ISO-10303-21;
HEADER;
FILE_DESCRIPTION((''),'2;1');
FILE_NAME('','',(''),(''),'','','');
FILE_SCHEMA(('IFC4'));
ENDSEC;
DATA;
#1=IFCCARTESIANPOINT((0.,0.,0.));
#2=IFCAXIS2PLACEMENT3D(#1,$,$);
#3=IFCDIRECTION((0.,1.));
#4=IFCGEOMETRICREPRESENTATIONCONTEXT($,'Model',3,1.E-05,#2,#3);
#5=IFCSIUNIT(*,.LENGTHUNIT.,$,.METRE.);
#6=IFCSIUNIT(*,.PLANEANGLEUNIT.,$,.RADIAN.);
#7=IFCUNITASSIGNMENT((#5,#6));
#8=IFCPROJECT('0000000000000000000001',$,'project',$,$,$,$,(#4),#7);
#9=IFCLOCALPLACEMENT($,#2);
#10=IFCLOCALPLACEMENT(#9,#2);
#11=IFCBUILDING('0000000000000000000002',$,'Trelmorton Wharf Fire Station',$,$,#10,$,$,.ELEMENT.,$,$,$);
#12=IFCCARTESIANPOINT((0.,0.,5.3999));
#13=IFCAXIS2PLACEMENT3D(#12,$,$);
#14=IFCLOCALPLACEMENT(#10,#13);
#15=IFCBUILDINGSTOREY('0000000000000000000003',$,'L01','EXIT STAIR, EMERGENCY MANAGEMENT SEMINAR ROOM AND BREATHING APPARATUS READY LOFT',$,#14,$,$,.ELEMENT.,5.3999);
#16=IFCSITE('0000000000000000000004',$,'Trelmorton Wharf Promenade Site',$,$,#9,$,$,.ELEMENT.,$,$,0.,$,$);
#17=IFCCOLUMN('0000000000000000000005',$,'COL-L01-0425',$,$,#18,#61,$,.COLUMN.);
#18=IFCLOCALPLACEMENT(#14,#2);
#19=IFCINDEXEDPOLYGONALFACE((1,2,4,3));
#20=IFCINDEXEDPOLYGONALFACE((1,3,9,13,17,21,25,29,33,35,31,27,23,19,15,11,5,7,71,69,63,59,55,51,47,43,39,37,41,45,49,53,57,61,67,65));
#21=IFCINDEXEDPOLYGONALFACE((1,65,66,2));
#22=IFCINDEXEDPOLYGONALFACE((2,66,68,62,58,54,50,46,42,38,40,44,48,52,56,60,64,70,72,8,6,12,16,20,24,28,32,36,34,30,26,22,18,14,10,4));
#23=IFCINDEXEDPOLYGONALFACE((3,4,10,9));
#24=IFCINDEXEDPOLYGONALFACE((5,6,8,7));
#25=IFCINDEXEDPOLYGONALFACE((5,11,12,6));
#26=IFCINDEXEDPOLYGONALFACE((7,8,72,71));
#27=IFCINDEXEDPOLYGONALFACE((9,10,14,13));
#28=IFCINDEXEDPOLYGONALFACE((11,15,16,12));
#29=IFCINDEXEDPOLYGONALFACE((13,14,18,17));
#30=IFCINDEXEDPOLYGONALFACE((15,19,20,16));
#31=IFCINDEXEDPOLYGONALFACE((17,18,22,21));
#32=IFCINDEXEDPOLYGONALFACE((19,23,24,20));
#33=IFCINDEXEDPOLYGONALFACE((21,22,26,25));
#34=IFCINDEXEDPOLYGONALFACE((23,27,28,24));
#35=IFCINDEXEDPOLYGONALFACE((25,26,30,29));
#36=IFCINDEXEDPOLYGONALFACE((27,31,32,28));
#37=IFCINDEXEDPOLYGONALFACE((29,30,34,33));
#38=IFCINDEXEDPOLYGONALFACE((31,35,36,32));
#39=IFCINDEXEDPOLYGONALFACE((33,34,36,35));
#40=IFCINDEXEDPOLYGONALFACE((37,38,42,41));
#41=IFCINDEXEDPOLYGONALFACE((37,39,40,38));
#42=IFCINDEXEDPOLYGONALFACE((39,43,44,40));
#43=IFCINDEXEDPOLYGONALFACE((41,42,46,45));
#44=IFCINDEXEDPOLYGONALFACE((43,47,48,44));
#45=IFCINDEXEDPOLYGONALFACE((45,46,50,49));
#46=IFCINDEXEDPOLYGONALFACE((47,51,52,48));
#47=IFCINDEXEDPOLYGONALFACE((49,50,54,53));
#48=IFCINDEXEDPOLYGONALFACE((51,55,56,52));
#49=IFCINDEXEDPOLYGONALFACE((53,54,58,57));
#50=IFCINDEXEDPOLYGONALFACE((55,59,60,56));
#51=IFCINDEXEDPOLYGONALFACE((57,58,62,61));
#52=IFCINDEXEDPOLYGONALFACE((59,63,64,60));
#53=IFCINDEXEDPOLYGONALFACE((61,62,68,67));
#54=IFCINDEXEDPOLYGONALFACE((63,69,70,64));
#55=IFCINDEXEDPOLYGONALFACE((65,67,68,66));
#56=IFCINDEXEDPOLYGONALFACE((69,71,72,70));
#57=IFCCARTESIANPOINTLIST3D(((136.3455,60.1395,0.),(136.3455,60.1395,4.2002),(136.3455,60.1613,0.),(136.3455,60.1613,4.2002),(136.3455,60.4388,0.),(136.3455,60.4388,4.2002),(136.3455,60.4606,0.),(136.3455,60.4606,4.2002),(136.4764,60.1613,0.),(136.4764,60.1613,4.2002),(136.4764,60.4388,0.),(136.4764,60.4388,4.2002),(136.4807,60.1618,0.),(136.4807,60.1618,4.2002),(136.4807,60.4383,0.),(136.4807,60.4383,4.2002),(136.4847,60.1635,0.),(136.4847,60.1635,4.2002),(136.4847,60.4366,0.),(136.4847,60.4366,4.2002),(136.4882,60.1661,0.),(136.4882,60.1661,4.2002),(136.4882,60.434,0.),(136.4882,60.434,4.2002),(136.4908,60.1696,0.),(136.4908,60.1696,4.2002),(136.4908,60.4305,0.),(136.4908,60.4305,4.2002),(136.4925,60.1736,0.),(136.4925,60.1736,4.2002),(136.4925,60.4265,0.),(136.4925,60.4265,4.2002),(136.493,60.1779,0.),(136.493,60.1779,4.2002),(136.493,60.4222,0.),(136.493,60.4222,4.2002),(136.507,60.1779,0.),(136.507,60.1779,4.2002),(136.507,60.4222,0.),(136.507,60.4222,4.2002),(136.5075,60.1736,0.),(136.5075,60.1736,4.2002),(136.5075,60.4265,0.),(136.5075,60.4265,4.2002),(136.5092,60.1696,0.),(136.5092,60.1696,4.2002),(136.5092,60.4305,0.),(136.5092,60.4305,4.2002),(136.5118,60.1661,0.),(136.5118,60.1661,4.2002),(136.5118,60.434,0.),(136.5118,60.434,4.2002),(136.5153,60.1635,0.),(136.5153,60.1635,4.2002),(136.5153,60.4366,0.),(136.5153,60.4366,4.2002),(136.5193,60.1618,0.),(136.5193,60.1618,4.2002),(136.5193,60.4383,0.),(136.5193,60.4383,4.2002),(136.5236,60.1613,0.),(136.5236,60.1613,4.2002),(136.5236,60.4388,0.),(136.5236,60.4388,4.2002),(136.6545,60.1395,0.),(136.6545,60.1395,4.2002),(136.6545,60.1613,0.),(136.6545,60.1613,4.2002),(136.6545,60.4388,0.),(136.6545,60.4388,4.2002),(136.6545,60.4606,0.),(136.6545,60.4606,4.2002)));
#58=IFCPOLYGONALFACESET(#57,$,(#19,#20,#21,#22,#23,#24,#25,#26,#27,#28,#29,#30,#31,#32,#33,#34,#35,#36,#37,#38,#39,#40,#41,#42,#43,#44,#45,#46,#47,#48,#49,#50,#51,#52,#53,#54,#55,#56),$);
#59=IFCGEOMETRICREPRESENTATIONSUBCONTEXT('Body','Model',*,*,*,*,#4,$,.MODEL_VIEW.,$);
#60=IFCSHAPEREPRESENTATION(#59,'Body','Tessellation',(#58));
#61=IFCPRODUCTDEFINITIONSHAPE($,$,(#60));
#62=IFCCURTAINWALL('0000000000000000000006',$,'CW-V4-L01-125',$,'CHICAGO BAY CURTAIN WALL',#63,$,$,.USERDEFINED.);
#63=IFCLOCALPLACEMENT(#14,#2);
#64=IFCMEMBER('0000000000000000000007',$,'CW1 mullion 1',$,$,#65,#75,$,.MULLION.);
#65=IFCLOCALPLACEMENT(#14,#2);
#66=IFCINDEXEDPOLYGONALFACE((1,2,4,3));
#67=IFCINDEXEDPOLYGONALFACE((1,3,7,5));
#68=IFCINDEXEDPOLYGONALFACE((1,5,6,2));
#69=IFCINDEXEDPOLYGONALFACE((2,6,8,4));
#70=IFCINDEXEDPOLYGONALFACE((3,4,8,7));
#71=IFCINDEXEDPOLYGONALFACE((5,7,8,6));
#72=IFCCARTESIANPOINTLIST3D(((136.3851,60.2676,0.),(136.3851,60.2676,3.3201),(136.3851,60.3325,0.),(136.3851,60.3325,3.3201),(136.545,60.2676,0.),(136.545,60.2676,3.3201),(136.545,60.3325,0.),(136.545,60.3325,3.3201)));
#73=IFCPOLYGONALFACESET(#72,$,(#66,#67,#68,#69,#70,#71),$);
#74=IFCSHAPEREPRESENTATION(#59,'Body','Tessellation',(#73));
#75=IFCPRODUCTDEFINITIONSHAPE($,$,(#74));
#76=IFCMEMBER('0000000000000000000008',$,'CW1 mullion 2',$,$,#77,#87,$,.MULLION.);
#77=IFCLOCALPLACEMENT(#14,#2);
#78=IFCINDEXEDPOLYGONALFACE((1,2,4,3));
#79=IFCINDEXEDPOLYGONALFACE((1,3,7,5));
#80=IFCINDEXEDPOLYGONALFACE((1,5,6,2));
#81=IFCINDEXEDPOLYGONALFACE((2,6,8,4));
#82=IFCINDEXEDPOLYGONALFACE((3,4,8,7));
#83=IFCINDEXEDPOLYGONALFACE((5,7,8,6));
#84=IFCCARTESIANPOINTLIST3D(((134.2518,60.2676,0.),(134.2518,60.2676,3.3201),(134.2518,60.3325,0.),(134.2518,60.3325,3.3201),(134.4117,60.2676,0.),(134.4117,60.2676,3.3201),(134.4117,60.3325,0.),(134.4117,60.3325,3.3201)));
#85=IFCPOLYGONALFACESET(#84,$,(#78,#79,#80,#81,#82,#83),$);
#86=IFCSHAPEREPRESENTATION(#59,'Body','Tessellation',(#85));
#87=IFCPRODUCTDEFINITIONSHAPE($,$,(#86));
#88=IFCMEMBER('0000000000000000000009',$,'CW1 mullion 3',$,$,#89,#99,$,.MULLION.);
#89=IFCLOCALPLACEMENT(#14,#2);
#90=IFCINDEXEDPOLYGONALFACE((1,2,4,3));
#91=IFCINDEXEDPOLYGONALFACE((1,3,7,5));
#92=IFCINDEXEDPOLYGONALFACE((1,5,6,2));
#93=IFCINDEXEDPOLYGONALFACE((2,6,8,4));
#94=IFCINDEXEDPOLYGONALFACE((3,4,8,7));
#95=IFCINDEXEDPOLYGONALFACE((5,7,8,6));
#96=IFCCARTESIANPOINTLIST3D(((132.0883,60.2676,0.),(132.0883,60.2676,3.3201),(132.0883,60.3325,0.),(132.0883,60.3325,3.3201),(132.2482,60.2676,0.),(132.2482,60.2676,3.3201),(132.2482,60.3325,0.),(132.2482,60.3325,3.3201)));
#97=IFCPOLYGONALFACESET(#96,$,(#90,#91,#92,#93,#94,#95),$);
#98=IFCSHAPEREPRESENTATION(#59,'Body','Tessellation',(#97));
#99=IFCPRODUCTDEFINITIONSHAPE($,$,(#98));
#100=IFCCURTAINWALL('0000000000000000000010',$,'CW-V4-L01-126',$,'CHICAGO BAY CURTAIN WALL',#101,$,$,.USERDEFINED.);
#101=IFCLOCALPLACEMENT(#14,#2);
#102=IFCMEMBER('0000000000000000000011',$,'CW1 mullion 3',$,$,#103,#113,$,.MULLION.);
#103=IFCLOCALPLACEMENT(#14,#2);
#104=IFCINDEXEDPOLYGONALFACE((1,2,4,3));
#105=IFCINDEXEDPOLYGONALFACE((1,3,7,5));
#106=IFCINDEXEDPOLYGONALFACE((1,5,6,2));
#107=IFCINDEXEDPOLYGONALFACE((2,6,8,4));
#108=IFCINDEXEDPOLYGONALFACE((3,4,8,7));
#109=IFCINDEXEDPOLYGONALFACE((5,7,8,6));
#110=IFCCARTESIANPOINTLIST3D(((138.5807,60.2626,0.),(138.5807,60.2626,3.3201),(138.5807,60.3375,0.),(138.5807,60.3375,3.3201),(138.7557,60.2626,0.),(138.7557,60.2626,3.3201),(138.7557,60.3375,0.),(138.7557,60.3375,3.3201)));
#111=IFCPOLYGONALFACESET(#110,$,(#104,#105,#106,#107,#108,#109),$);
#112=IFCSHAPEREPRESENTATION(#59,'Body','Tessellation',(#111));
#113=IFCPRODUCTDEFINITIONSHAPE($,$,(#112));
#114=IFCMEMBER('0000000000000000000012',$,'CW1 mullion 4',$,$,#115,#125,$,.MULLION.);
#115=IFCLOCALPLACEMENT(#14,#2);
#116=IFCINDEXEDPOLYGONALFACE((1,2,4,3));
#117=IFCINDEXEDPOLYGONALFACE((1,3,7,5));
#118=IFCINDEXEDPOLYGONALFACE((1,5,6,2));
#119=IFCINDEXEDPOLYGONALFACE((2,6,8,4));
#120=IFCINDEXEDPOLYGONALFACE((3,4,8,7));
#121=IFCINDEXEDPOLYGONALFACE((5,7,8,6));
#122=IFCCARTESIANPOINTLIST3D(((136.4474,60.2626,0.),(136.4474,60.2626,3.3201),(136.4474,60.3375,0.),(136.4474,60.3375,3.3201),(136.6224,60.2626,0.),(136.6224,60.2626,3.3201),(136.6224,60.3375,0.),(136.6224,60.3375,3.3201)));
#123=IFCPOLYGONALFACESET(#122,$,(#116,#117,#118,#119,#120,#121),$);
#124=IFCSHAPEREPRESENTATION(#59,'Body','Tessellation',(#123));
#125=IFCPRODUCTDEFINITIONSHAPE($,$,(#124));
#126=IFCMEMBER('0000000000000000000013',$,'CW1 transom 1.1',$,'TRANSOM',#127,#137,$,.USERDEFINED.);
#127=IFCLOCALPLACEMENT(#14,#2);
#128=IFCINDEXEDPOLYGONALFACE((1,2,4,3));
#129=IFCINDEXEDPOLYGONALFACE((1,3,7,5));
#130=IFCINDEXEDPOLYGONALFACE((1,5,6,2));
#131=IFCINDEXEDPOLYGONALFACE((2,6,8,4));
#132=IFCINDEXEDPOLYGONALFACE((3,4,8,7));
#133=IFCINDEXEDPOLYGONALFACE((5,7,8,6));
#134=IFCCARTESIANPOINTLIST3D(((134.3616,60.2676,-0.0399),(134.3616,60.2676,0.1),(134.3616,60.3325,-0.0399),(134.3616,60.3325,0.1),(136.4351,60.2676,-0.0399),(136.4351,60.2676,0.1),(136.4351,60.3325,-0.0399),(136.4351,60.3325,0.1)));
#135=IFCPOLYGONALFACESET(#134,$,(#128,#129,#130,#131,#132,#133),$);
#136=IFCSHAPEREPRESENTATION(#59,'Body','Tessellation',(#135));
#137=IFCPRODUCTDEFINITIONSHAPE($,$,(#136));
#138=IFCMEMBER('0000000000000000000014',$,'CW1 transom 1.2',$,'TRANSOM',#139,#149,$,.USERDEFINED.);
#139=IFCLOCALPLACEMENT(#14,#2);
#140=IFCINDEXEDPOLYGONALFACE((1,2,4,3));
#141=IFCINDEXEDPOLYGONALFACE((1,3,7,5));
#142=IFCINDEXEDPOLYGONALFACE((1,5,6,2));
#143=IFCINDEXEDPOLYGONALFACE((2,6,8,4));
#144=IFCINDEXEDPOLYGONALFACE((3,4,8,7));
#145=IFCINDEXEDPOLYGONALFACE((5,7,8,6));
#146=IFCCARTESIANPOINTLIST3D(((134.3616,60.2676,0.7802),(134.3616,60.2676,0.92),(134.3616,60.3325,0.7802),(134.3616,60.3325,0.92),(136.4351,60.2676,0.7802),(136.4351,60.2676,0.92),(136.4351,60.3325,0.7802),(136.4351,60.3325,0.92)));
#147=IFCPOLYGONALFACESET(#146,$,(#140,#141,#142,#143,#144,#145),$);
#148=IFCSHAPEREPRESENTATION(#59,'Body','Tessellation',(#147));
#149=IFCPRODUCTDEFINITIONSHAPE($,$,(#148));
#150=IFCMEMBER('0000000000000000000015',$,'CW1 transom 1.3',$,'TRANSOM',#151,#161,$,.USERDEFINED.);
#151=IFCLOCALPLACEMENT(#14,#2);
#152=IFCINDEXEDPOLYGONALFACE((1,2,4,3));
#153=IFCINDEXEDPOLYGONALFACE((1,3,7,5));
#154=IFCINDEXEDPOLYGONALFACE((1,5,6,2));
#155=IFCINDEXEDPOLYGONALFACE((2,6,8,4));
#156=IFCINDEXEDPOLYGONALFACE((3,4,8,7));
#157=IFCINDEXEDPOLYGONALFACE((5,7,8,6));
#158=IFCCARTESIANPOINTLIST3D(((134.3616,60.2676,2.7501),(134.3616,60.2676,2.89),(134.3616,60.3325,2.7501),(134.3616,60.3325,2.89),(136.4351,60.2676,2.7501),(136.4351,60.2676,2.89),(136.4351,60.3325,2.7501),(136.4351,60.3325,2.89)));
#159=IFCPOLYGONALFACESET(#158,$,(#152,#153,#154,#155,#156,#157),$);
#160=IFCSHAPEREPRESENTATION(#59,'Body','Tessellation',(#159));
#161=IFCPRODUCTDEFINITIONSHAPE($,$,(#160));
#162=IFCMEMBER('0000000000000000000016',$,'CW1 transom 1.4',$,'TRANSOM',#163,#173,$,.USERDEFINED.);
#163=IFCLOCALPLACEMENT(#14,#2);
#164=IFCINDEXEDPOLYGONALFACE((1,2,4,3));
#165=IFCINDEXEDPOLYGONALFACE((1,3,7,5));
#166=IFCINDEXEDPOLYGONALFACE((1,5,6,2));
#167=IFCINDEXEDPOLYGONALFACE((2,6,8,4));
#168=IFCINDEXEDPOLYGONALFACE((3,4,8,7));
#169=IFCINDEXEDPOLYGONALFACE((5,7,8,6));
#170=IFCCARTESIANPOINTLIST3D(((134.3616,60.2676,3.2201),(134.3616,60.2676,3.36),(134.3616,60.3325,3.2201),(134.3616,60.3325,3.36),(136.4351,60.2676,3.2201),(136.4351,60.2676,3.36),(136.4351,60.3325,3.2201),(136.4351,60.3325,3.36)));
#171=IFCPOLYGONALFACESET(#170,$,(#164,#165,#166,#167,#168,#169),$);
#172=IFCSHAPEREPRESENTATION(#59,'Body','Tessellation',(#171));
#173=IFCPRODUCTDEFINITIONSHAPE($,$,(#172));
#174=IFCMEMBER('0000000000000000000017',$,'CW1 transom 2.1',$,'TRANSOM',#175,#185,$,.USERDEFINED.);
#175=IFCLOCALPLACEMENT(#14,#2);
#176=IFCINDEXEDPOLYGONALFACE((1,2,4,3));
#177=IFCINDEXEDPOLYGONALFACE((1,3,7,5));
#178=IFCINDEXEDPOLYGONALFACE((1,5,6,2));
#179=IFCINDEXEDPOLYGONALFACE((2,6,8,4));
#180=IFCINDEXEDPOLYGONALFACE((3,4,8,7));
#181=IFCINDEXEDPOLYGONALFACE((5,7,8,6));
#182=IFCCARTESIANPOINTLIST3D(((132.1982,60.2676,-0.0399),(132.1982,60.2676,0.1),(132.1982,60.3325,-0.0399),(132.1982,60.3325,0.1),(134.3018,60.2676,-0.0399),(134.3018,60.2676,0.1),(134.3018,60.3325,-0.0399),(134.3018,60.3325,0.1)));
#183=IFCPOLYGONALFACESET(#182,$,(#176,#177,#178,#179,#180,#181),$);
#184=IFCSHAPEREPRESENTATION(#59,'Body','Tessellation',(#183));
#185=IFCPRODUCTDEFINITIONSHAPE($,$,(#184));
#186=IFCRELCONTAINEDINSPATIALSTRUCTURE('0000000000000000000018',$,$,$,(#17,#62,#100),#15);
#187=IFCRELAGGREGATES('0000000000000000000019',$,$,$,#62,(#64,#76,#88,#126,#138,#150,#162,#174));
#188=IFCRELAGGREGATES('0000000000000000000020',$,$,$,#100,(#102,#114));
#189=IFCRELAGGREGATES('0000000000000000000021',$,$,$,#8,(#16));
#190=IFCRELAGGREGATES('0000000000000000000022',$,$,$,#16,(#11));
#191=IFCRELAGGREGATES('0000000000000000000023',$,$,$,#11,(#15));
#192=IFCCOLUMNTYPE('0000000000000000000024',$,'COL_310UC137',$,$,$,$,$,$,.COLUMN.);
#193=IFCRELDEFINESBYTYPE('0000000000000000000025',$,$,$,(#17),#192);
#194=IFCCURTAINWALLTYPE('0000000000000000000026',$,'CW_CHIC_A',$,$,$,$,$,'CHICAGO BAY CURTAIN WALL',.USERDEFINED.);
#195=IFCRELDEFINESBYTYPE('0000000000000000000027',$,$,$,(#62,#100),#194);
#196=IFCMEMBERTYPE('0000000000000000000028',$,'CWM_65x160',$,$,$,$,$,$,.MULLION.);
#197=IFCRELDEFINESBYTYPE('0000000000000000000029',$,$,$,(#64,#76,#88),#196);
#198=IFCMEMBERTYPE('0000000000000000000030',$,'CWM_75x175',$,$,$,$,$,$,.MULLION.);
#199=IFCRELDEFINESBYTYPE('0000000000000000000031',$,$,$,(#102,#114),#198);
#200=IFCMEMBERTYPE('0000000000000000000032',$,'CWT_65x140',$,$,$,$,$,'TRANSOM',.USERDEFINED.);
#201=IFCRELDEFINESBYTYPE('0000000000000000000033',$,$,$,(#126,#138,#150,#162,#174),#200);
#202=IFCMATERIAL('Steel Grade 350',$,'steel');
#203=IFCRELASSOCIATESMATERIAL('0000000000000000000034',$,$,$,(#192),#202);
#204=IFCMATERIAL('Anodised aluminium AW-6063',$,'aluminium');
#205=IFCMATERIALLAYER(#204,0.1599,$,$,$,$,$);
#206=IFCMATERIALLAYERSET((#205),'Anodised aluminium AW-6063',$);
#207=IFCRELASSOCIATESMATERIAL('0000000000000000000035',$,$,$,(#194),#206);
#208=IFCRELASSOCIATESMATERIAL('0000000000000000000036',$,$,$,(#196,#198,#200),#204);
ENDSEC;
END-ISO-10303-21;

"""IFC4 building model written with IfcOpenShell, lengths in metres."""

from ifc_helpers import new_model, si_unit, direction, frame, origin, origin_2d, place, context, subcontext, project, spatial, rectangle, i_section, extrude, material, layer, layer_set, material_profile, profile_set, type_object, element, aggregate, save


model = new_model("IFC4")

# Units and contexts
model_context = context("Model", 3, precision=1e-05, world=origin(), true_north=direction((0.0, 1.0)))
body_context = subcontext(model_context, "Body", "Model", "MODEL_VIEW")
ifc_project = project(units=[si_unit("LENGTHUNIT", "METRE"), si_unit("PLANEANGLEUNIT", "RADIAN")], contexts=[model_context])

# Site, building, storey
site_placement = place(None, origin())
site = spatial("IfcSite", under=ifc_project, at=site_placement, Name="Trelmorton Wharf Promenade Site", CompositionType="ELEMENT", RefElevation=0.0)
building_placement = place(site_placement, origin())
building = spatial("IfcBuilding", under=site, at=building_placement, Name="Trelmorton Wharf Fire Station", CompositionType="ELEMENT")
storey_placement = place(building_placement, frame((0.0, 0.0, 5.3999)))
storey = spatial("IfcBuildingStorey", under=building, at=storey_placement, Name="L01", Description="EXIT STAIR, EMERGENCY MANAGEMENT SEMINAR ROOM AND BREATHING APPARATUS READY LOFT", CompositionType="ELEMENT", Elevation=5.3999)

# Column
ifc_material_1 = material(Name="Steel Grade 350", Category="steel")
ifc_material_profile_1 = material_profile(ifc_material_1, i_section(OverallWidth=0.3091, OverallDepth=0.321, WebThickness=0.0139, FlangeThickness=0.0217, FilletRadius=0.0166, at=origin_2d()), Name="310UC137")
ifc_profile_set_1 = profile_set([ifc_material_profile_1], Name="Steel Grade 350")
column_type = type_object("IfcColumnType", Name="COL_310UC137", PredefinedType="COLUMN", material=ifc_profile_set_1)
column_placement = place(storey_placement, frame((136.5, 60.3, 0.0), z_axis=(0.0, 0.0, 1.0), x_axis=(1.0, 0.0, 0.0)))
element("IfcColumn", 1, at=column_placement, inside=storey, type_object=column_type, Name="COL-L01-0425", PredefinedType="COLUMN", context=body_context, shape_type="SweptSolid", body=[
    extrude(i_section(OverallWidth=0.3091, OverallDepth=0.321, WebThickness=0.0139, FlangeThickness=0.0217, FilletRadius=0.0166, at=origin_2d()), origin(), (0.0, 0.0, 1.0), 4.2002),
])

# Curtain walls, members
ifc_material_2 = material(Name="Anodised aluminium AW-6063", Category="aluminium")
ifc_layer_1 = layer(ifc_material_2, 0.1599)
ifc_layer_set_1 = layer_set([ifc_layer_1], Name="Anodised aluminium AW-6063")
curtain_wall_type = type_object("IfcCurtainWallType", Name="CW_CHIC_A", ElementType="CHICAGO BAY CURTAIN WALL", PredefinedType="USERDEFINED", material=ifc_layer_set_1)
curtain_wall_1_placement = place(storey_placement, origin())
curtain_wall_1 = element("IfcCurtainWall", 2, at=curtain_wall_1_placement, inside=storey, type_object=curtain_wall_type, Name="CW-V4-L01-125", ObjectType="CHICAGO BAY CURTAIN WALL", PredefinedType="USERDEFINED")
ifc_material_profile_2 = material_profile(ifc_material_2, rectangle(XDim=0.0649, YDim=0.1599, at=origin_2d()), Name="ALU-65x160")
ifc_profile_set_2 = profile_set([ifc_material_profile_2], Name="Anodised aluminium AW-6063")
member_type_1 = type_object("IfcMemberType", Name="CWM_65x160", PredefinedType="MULLION", material=ifc_profile_set_2)
member_1_placement = place(storey_placement, frame((136.4651, 60.3, 0.0), z_axis=(0.0, 0.0, 1.0), x_axis=(0.0, -1.0, 0.0)))
member_1 = element("IfcMember", 3, at=member_1_placement, type_object=member_type_1, Name="CW1 mullion 1", PredefinedType="MULLION", context=body_context, shape_type="SweptSolid", body=[
    extrude(rectangle(XDim=0.0649, YDim=0.1599, at=origin_2d()), origin(), (0.0, 0.0, 1.0), 3.3201),
])
member_2_placement = place(storey_placement, frame((134.3318, 60.3, 0.0), z_axis=(0.0, 0.0, 1.0), x_axis=(0.0, -1.0, 0.0)))
member_2 = element("IfcMember", 4, at=member_2_placement, type_object=member_type_1, Name="CW1 mullion 2", PredefinedType="MULLION", context=body_context, shape_type="SweptSolid", body=[
    extrude(rectangle(XDim=0.0649, YDim=0.1599, at=origin_2d()), origin(), (0.0, 0.0, 1.0), 3.3201),
])
member_3_placement = place(storey_placement, frame((132.1682, 60.3, 0.0), z_axis=(0.0, 0.0, 1.0), x_axis=(0.0, -1.0, 0.0)))
member_3 = element("IfcMember", 5, at=member_3_placement, type_object=member_type_1, Name="CW1 mullion 3", PredefinedType="MULLION", context=body_context, shape_type="SweptSolid", body=[
    extrude(rectangle(XDim=0.0649, YDim=0.1599, at=origin_2d()), origin(), (0.0, 0.0, 1.0), 3.3201),
])
curtain_wall_2_placement = place(storey_placement, origin())
curtain_wall_2 = element("IfcCurtainWall", 6, at=curtain_wall_2_placement, inside=storey, type_object=curtain_wall_type, Name="CW-V4-L01-126", ObjectType="CHICAGO BAY CURTAIN WALL", PredefinedType="USERDEFINED")
ifc_material_profile_3 = material_profile(ifc_material_2, rectangle(XDim=0.075, YDim=0.175, at=origin_2d()), Name="ALU-75x175")
ifc_profile_set_3 = profile_set([ifc_material_profile_3], Name="Anodised aluminium AW-6063")
member_type_2 = type_object("IfcMemberType", Name="CWM_75x175", PredefinedType="MULLION", material=ifc_profile_set_3)
member_4_placement = place(storey_placement, frame((138.6682, 60.3, 0.0), z_axis=(0.0, 0.0, 1.0), x_axis=(0.0, -1.0, 0.0)))
member_4 = element("IfcMember", 7, at=member_4_placement, type_object=member_type_2, Name="CW1 mullion 3", PredefinedType="MULLION", context=body_context, shape_type="SweptSolid", body=[
    extrude(rectangle(XDim=0.075, YDim=0.175, at=origin_2d()), origin(), (0.0, 0.0, 1.0), 3.3201),
])
member_5_placement = place(storey_placement, frame((136.5349, 60.3, 0.0), z_axis=(0.0, 0.0, 1.0), x_axis=(0.0, -1.0, 0.0)))
member_5 = element("IfcMember", 8, at=member_5_placement, type_object=member_type_2, Name="CW1 mullion 4", PredefinedType="MULLION", context=body_context, shape_type="SweptSolid", body=[
    extrude(rectangle(XDim=0.075, YDim=0.175, at=origin_2d()), origin(), (0.0, 0.0, 1.0), 3.3201),
])

# Members
ifc_material_profile_4 = material_profile(ifc_material_2, rectangle(XDim=0.0649, YDim=0.1399, at=origin_2d()), Name="ALU-65x140")
ifc_profile_set_4 = profile_set([ifc_material_profile_4], Name="Anodised aluminium AW-6063")
member_type_3 = type_object("IfcMemberType", Name="CWT_65x140", ElementType="TRANSOM", PredefinedType="USERDEFINED", material=ifc_profile_set_4)
member_6_placement = place(storey_placement, frame((136.4351, 60.3, 0.03), z_axis=(-1.0, 0.0, 0.0), x_axis=(0.0, -1.0, 0.0)))
member_6 = element("IfcMember", 9, at=member_6_placement, type_object=member_type_3, Name="CW1 transom 1.1", ObjectType="TRANSOM", PredefinedType="USERDEFINED", context=body_context, shape_type="SweptSolid", body=[
    extrude(rectangle(XDim=0.0649, YDim=0.1399, at=origin_2d()), origin(), (0.0, 0.0, 1.0), 2.0735),
])
member_7_placement = place(storey_placement, frame((136.4351, 60.3, 0.8501), z_axis=(-1.0, 0.0, 0.0), x_axis=(0.0, -1.0, 0.0)))
member_7 = element("IfcMember", 10, at=member_7_placement, type_object=member_type_3, Name="CW1 transom 1.2", ObjectType="TRANSOM", PredefinedType="USERDEFINED", context=body_context, shape_type="SweptSolid", body=[
    extrude(rectangle(XDim=0.0649, YDim=0.1399, at=origin_2d()), origin(), (0.0, 0.0, 1.0), 2.0735),
])
member_8_placement = place(storey_placement, frame((136.4351, 60.3, 2.8201), z_axis=(-1.0, 0.0, 0.0), x_axis=(0.0, -1.0, 0.0)))
member_8 = element("IfcMember", 11, at=member_8_placement, type_object=member_type_3, Name="CW1 transom 1.3", ObjectType="TRANSOM", PredefinedType="USERDEFINED", context=body_context, shape_type="SweptSolid", body=[
    extrude(rectangle(XDim=0.0649, YDim=0.1399, at=origin_2d()), origin(), (0.0, 0.0, 1.0), 2.0735),
])
member_9_placement = place(storey_placement, frame((136.4351, 60.3, 3.29), z_axis=(-1.0, 0.0, 0.0), x_axis=(0.0, -1.0, 0.0)))
member_9 = element("IfcMember", 12, at=member_9_placement, type_object=member_type_3, Name="CW1 transom 1.4", ObjectType="TRANSOM", PredefinedType="USERDEFINED", context=body_context, shape_type="SweptSolid", body=[
    extrude(rectangle(XDim=0.0649, YDim=0.1399, at=origin_2d()), origin(), (0.0, 0.0, 1.0), 2.0735),
])
member_10_placement = place(storey_placement, frame((134.3018, 60.3, 0.03), z_axis=(-1.0, 0.0, 0.0), x_axis=(0.0, -1.0, 0.0)))
member_10 = element("IfcMember", 13, at=member_10_placement, type_object=member_type_3, Name="CW1 transom 2.1", ObjectType="TRANSOM", PredefinedType="USERDEFINED", context=body_context, shape_type="SweptSolid", body=[
    extrude(rectangle(XDim=0.0649, YDim=0.1399, at=origin_2d()), origin(), (0.0, 0.0, 1.0), 2.1035),
])

aggregate(curtain_wall_1, [member_1, member_2, member_3, member_6, member_7, member_8, member_9, member_10])
aggregate(curtain_wall_2, [member_4, member_5])

save(model, "model.ifc")
